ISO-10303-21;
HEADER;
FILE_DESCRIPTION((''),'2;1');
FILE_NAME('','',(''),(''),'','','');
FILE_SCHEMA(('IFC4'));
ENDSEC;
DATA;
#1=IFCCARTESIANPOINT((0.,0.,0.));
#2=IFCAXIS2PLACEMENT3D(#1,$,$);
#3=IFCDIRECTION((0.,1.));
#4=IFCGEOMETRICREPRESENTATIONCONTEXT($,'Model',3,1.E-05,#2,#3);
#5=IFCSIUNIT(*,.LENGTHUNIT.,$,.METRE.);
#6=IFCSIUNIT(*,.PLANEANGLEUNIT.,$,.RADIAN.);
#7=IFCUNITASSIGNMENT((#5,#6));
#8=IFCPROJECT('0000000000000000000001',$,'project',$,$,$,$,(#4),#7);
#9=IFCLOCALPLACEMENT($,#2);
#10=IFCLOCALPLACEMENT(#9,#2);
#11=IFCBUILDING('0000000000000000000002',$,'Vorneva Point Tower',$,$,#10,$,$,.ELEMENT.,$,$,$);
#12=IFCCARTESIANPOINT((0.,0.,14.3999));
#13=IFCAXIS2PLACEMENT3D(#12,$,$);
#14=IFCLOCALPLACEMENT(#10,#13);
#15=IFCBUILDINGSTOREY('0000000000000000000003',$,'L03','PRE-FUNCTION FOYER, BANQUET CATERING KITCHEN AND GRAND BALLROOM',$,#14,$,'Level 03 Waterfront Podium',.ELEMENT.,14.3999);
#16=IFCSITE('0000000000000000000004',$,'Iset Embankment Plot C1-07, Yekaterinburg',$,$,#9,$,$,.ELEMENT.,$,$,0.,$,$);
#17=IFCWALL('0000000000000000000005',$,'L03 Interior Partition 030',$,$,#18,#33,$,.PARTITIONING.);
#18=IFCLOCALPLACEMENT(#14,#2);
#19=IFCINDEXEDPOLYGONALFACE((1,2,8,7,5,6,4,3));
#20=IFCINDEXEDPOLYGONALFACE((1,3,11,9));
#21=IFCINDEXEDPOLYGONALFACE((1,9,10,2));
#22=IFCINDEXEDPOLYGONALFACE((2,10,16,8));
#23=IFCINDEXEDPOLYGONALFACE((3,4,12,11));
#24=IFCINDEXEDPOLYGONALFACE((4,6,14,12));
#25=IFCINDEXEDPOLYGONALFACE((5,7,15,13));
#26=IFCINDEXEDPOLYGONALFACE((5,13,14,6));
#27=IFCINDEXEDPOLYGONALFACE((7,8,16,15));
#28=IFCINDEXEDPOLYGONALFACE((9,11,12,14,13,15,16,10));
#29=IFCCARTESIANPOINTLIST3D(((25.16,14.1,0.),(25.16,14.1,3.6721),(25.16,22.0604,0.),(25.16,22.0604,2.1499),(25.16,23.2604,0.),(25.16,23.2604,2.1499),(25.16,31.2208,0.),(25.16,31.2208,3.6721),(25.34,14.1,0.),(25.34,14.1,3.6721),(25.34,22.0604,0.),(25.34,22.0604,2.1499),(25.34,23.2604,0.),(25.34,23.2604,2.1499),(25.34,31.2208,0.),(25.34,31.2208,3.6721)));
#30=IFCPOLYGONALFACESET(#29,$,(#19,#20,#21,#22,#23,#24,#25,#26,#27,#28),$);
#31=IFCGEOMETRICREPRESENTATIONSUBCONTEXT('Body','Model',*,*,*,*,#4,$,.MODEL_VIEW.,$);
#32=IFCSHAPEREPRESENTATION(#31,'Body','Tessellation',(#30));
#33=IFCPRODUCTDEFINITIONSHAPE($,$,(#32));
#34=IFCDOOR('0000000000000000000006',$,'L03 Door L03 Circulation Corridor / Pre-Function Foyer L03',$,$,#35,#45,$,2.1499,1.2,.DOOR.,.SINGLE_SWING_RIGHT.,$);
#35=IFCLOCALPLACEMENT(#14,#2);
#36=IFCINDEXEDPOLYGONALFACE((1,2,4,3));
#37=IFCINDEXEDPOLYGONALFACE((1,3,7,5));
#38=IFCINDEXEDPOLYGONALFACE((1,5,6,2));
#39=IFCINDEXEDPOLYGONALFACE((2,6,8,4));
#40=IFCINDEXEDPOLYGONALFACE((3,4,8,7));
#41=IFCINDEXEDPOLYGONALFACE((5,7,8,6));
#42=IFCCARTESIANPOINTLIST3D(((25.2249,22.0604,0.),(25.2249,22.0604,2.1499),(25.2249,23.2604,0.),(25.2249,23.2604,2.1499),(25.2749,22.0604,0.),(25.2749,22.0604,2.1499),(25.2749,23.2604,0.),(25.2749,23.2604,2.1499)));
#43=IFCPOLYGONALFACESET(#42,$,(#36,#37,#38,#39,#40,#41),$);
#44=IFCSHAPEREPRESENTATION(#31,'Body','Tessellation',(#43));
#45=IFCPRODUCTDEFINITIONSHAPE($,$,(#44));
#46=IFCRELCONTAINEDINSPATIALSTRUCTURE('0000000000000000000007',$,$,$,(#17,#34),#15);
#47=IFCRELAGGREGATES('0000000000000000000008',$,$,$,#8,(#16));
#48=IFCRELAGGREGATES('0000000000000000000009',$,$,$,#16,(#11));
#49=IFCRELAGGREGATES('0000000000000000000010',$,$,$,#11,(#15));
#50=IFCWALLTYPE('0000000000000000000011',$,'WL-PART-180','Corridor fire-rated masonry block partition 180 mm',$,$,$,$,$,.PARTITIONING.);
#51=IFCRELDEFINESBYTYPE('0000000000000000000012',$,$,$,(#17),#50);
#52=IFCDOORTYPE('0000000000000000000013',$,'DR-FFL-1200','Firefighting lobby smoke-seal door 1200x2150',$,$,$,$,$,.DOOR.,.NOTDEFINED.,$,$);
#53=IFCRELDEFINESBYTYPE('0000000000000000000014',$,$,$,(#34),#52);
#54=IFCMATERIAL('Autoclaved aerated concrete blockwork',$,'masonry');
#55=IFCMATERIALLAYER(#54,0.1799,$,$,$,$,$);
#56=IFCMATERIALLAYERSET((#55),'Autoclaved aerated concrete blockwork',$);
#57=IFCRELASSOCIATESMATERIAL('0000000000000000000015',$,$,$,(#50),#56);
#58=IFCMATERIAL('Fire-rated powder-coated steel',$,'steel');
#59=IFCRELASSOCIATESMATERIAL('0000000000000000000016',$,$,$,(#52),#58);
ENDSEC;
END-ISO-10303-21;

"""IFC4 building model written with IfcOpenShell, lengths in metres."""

from ifc_helpers import new_model, si_unit, direction, frame, frame_2d, origin, place, context, subcontext, project, spatial, rectangle, extrude, material, layer, layer_set, type_object, element, fill, save


model = new_model("IFC4")

# Units and contexts
model_context = context("Model", 3, precision=1e-05, world=origin(), true_north=direction((0.0, 1.0)))
body_context = subcontext(model_context, "Body", "Model", "MODEL_VIEW")
ifc_project = project(units=[si_unit("LENGTHUNIT", "METRE"), si_unit("PLANEANGLEUNIT", "RADIAN")], contexts=[model_context])

# Site, building, storey
site_placement = place(None, origin())
site = spatial("IfcSite", under=ifc_project, at=site_placement, Name="Iset Embankment Plot C1-07, Yekaterinburg", CompositionType="ELEMENT", RefElevation=0.0)
building_placement = place(site_placement, origin())
building = spatial("IfcBuilding", under=site, at=building_placement, Name="Vorneva Point Tower", CompositionType="ELEMENT")
storey_placement = place(building_placement, frame((0.0, 0.0, 14.3999)))
storey = spatial("IfcBuildingStorey", under=building, at=storey_placement, Name="L03", Description="PRE-FUNCTION FOYER, BANQUET CATERING KITCHEN AND GRAND BALLROOM", LongName="Level 03 Waterfront Podium", CompositionType="ELEMENT", Elevation=14.3999)

# Shared definitions
ifc_material_1 = material(Name="Autoclaved aerated concrete blockwork", Category="masonry")
ifc_layer_1 = layer(ifc_material_1, 0.1799)
ifc_layer_set_1 = layer_set([ifc_layer_1], Name="Autoclaved aerated concrete blockwork")
wall_type_1 = type_object("IfcWallType", Name="WL-PART-180", Description="Corridor fire-rated masonry block partition 180 mm", PredefinedType="PARTITIONING", material=ifc_layer_set_1)

# Wall, opening, door
wall_1_placement = place(storey_placement, frame((25.25, 31.2209, 0.0), z_axis=(0.0, 0.0, 1.0), x_axis=(0.0, -1.0, 0.0)))
wall_1 = element("IfcWall", 1, at=wall_1_placement, inside=storey, type_object=wall_type_1, Name="L03 Interior Partition 030", PredefinedType="PARTITIONING", context=body_context, shape_type="SweptSolid", body=[
    extrude(rectangle(XDim=17.1208, YDim=0.1799, at=frame_2d((8.5605, 0.0))), origin(), (0.0, 0.0, 1.0), 3.6721),
])
opening_placement = place(wall_1_placement, frame((7.9604, 0.0, 0.0)))
opening = element("IfcOpeningElement", 2, at=opening_placement, cuts=wall_1, PredefinedType="OPENING", context=body_context, shape_type="SweptSolid", body=[
    extrude(rectangle(XDim=1.2, YDim=2.1499, at=frame_2d((0.6001, 1.075))), frame((0.0, 0.105, 0.0), z_axis=(0.0, -1.0, 0.0), x_axis=(1.0, 0.0, 0.0)), (0.0, 0.0, 1.0), 0.2097),
])
ifc_material_2 = material(Name="Fire-rated powder-coated steel", Category="steel")
door_type = type_object("IfcDoorType", Name="DR-FFL-1200", Description="Firefighting lobby smoke-seal door 1200x2150", OperationType="NOTDEFINED", PredefinedType="DOOR", material=ifc_material_2)
door_placement = place(opening_placement, origin())
door = element("IfcDoor", 3, at=door_placement, inside=storey, type_object=door_type, Name="L03 Door L03 Circulation Corridor / Pre-Function Foyer L03", OperationType="SINGLE_SWING_RIGHT", OverallHeight=2.1499, OverallWidth=1.2, PredefinedType="DOOR", context=body_context, shape_type="SweptSolid", body=[
    extrude(rectangle(XDim=1.2, YDim=2.1499, at=frame_2d((0.6001, 1.075))), frame((0.0, 0.0249, 0.0), z_axis=(0.0, -1.0, 0.0), x_axis=(1.0, 0.0, 0.0)), (0.0, 0.0, 1.0), 0.05),
])
fill(opening, door)

save(model, "model.ifc")
